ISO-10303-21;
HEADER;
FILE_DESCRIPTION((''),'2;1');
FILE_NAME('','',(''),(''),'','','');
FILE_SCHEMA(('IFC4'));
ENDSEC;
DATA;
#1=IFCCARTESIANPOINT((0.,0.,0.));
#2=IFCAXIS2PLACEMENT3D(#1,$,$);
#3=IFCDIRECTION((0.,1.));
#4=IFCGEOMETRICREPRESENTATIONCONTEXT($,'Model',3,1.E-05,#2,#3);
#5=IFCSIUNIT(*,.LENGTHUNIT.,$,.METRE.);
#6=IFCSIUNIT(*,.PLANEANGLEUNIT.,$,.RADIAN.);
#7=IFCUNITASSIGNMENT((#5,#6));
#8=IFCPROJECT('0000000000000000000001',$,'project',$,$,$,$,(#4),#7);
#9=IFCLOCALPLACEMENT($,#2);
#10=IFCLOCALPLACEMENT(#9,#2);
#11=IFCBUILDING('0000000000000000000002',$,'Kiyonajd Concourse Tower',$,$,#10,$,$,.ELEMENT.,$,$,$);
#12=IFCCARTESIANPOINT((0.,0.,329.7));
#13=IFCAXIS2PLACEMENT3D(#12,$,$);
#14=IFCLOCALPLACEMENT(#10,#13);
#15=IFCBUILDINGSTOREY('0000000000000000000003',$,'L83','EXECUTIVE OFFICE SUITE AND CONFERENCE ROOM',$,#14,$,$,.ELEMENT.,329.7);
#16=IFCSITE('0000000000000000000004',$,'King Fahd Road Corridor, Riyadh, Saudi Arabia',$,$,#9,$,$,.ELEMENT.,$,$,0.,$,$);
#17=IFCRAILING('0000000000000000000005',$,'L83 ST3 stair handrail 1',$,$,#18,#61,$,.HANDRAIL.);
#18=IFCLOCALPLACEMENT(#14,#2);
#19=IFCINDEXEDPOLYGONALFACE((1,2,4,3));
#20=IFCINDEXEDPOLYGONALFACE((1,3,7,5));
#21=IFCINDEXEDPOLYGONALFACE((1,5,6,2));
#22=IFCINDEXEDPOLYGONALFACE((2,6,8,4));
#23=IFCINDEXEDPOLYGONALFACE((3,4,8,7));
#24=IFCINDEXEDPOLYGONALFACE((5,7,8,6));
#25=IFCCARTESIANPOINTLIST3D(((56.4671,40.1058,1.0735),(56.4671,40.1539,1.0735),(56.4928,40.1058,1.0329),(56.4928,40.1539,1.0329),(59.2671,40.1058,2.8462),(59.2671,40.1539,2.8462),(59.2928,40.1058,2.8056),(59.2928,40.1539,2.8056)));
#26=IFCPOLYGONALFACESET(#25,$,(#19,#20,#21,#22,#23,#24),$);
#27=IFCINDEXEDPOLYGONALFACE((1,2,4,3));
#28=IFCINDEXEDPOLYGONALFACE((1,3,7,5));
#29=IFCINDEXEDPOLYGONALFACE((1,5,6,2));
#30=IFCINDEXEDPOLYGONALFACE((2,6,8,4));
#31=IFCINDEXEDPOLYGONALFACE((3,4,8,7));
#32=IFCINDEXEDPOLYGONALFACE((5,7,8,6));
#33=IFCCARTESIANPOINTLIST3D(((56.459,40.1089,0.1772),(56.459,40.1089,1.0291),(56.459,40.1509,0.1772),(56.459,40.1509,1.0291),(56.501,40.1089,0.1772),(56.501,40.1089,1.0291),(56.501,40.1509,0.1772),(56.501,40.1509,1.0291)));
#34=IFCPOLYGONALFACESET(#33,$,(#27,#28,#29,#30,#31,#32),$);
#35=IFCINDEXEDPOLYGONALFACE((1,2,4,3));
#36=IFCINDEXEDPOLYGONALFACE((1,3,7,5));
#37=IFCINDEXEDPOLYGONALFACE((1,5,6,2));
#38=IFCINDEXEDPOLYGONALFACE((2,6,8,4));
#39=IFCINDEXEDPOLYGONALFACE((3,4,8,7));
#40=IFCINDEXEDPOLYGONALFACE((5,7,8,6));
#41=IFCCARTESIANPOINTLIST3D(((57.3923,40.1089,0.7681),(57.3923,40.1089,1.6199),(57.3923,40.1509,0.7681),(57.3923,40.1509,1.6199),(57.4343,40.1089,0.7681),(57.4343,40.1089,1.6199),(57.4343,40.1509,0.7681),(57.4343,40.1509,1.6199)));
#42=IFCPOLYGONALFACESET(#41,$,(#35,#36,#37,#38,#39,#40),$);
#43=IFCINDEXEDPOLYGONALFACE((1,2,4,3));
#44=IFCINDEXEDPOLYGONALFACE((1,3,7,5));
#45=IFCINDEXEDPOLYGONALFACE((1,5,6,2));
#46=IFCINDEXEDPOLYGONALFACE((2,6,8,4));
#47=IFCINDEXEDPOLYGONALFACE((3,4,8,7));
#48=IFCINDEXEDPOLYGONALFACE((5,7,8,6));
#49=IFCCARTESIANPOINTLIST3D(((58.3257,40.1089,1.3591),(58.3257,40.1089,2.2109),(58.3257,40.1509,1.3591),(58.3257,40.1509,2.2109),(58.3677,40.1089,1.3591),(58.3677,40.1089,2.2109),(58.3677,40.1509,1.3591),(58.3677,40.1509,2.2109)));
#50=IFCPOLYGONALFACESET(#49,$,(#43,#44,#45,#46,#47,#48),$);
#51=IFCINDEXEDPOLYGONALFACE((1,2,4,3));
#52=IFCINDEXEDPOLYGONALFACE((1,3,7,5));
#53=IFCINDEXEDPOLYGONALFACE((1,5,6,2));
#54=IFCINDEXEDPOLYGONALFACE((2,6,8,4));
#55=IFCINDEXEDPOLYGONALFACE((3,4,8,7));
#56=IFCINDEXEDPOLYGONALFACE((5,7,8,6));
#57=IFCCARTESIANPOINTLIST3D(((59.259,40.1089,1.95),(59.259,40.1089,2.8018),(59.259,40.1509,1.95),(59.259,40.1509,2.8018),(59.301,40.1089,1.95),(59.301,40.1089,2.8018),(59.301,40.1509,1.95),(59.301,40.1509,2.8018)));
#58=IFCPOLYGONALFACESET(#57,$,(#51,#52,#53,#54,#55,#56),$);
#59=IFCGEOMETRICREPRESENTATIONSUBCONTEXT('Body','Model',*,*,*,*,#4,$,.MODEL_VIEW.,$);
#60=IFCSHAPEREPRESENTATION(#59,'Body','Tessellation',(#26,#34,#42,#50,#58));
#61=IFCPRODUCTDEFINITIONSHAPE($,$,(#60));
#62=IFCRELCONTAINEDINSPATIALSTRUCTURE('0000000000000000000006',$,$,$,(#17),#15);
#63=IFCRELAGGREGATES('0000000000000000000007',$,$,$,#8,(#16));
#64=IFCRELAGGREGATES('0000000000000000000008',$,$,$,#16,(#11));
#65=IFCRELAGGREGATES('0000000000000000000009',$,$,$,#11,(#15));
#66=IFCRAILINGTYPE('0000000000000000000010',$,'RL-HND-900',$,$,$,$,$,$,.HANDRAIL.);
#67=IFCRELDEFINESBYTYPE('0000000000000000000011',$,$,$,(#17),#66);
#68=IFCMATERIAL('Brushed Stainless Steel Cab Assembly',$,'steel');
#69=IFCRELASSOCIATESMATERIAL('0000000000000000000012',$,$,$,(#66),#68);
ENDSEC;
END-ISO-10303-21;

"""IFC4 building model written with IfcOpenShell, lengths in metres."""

from ifc_helpers import new_model, si_unit, direction, frame, origin, origin_2d, place, context, subcontext, project, spatial, rectangle, extrude, material, type_object, element, save


model = new_model("IFC4")

# Units and contexts
model_context = context("Model", 3, precision=1e-05, world=origin(), true_north=direction((0.0, 1.0)))
body_context = subcontext(model_context, "Body", "Model", "MODEL_VIEW")
ifc_project = project(units=[si_unit("LENGTHUNIT", "METRE"), si_unit("PLANEANGLEUNIT", "RADIAN")], contexts=[model_context])

# Site, building, storey
site_placement = place(None, origin())
site = spatial("IfcSite", under=ifc_project, at=site_placement, Name="King Fahd Road Corridor, Riyadh, Saudi Arabia", CompositionType="ELEMENT", RefElevation=0.0)
building_placement = place(site_placement, origin())
building = spatial("IfcBuilding", under=site, at=building_placement, Name="Kiyonajd Concourse Tower", CompositionType="ELEMENT")
storey_placement = place(building_placement, frame((0.0, 0.0, 329.7)))
storey = spatial("IfcBuildingStorey", under=building, at=storey_placement, Name="L83", Description="EXECUTIVE OFFICE SUITE AND CONFERENCE ROOM", CompositionType="ELEMENT", Elevation=329.7)

# Shared definitions
ifc_material_1 = material(Name="Brushed Stainless Steel Cab Assembly", Category="steel")

# Railing
railing_type_1 = type_object("IfcRailingType", Name="RL-HND-900", PredefinedType="HANDRAIL", material=ifc_material_1)
railing_1_placement = place(storey_placement, frame((56.48, 40.1299, 0.1772)))
element("IfcRailing", 1, at=railing_1_placement, inside=storey, type_object=railing_type_1, Name="L83 ST3 stair handrail 1", PredefinedType="HANDRAIL", context=body_context, shape_type="SweptSolid", body=[
    extrude(rectangle(XDim=0.0481, YDim=0.0481, at=origin_2d()), frame((0.0, 0.0, 0.876), z_axis=(0.844909, 0.0, 0.53491), x_axis=(0.0, 1.0, 0.0)), (0.0, 0.0, 1.0), 3.314),
    extrude(rectangle(XDim=0.042, YDim=0.042, at=origin_2d()), origin(), (0.0, 0.0, 1.0), 0.8518),
    extrude(rectangle(XDim=0.042, YDim=0.042, at=origin_2d()), frame((0.9333, 0.0, 0.5908)), (0.0, 0.0, 1.0), 0.8518),
    extrude(rectangle(XDim=0.042, YDim=0.042, at=origin_2d()), frame((1.8667, 0.0, 1.1819)), (0.0, 0.0, 1.0), 0.8518),
    extrude(rectangle(XDim=0.042, YDim=0.042, at=origin_2d()), frame((2.8, 0.0, 1.7727)), (0.0, 0.0, 1.0), 0.8518),
])

save(model, "model.ifc")
